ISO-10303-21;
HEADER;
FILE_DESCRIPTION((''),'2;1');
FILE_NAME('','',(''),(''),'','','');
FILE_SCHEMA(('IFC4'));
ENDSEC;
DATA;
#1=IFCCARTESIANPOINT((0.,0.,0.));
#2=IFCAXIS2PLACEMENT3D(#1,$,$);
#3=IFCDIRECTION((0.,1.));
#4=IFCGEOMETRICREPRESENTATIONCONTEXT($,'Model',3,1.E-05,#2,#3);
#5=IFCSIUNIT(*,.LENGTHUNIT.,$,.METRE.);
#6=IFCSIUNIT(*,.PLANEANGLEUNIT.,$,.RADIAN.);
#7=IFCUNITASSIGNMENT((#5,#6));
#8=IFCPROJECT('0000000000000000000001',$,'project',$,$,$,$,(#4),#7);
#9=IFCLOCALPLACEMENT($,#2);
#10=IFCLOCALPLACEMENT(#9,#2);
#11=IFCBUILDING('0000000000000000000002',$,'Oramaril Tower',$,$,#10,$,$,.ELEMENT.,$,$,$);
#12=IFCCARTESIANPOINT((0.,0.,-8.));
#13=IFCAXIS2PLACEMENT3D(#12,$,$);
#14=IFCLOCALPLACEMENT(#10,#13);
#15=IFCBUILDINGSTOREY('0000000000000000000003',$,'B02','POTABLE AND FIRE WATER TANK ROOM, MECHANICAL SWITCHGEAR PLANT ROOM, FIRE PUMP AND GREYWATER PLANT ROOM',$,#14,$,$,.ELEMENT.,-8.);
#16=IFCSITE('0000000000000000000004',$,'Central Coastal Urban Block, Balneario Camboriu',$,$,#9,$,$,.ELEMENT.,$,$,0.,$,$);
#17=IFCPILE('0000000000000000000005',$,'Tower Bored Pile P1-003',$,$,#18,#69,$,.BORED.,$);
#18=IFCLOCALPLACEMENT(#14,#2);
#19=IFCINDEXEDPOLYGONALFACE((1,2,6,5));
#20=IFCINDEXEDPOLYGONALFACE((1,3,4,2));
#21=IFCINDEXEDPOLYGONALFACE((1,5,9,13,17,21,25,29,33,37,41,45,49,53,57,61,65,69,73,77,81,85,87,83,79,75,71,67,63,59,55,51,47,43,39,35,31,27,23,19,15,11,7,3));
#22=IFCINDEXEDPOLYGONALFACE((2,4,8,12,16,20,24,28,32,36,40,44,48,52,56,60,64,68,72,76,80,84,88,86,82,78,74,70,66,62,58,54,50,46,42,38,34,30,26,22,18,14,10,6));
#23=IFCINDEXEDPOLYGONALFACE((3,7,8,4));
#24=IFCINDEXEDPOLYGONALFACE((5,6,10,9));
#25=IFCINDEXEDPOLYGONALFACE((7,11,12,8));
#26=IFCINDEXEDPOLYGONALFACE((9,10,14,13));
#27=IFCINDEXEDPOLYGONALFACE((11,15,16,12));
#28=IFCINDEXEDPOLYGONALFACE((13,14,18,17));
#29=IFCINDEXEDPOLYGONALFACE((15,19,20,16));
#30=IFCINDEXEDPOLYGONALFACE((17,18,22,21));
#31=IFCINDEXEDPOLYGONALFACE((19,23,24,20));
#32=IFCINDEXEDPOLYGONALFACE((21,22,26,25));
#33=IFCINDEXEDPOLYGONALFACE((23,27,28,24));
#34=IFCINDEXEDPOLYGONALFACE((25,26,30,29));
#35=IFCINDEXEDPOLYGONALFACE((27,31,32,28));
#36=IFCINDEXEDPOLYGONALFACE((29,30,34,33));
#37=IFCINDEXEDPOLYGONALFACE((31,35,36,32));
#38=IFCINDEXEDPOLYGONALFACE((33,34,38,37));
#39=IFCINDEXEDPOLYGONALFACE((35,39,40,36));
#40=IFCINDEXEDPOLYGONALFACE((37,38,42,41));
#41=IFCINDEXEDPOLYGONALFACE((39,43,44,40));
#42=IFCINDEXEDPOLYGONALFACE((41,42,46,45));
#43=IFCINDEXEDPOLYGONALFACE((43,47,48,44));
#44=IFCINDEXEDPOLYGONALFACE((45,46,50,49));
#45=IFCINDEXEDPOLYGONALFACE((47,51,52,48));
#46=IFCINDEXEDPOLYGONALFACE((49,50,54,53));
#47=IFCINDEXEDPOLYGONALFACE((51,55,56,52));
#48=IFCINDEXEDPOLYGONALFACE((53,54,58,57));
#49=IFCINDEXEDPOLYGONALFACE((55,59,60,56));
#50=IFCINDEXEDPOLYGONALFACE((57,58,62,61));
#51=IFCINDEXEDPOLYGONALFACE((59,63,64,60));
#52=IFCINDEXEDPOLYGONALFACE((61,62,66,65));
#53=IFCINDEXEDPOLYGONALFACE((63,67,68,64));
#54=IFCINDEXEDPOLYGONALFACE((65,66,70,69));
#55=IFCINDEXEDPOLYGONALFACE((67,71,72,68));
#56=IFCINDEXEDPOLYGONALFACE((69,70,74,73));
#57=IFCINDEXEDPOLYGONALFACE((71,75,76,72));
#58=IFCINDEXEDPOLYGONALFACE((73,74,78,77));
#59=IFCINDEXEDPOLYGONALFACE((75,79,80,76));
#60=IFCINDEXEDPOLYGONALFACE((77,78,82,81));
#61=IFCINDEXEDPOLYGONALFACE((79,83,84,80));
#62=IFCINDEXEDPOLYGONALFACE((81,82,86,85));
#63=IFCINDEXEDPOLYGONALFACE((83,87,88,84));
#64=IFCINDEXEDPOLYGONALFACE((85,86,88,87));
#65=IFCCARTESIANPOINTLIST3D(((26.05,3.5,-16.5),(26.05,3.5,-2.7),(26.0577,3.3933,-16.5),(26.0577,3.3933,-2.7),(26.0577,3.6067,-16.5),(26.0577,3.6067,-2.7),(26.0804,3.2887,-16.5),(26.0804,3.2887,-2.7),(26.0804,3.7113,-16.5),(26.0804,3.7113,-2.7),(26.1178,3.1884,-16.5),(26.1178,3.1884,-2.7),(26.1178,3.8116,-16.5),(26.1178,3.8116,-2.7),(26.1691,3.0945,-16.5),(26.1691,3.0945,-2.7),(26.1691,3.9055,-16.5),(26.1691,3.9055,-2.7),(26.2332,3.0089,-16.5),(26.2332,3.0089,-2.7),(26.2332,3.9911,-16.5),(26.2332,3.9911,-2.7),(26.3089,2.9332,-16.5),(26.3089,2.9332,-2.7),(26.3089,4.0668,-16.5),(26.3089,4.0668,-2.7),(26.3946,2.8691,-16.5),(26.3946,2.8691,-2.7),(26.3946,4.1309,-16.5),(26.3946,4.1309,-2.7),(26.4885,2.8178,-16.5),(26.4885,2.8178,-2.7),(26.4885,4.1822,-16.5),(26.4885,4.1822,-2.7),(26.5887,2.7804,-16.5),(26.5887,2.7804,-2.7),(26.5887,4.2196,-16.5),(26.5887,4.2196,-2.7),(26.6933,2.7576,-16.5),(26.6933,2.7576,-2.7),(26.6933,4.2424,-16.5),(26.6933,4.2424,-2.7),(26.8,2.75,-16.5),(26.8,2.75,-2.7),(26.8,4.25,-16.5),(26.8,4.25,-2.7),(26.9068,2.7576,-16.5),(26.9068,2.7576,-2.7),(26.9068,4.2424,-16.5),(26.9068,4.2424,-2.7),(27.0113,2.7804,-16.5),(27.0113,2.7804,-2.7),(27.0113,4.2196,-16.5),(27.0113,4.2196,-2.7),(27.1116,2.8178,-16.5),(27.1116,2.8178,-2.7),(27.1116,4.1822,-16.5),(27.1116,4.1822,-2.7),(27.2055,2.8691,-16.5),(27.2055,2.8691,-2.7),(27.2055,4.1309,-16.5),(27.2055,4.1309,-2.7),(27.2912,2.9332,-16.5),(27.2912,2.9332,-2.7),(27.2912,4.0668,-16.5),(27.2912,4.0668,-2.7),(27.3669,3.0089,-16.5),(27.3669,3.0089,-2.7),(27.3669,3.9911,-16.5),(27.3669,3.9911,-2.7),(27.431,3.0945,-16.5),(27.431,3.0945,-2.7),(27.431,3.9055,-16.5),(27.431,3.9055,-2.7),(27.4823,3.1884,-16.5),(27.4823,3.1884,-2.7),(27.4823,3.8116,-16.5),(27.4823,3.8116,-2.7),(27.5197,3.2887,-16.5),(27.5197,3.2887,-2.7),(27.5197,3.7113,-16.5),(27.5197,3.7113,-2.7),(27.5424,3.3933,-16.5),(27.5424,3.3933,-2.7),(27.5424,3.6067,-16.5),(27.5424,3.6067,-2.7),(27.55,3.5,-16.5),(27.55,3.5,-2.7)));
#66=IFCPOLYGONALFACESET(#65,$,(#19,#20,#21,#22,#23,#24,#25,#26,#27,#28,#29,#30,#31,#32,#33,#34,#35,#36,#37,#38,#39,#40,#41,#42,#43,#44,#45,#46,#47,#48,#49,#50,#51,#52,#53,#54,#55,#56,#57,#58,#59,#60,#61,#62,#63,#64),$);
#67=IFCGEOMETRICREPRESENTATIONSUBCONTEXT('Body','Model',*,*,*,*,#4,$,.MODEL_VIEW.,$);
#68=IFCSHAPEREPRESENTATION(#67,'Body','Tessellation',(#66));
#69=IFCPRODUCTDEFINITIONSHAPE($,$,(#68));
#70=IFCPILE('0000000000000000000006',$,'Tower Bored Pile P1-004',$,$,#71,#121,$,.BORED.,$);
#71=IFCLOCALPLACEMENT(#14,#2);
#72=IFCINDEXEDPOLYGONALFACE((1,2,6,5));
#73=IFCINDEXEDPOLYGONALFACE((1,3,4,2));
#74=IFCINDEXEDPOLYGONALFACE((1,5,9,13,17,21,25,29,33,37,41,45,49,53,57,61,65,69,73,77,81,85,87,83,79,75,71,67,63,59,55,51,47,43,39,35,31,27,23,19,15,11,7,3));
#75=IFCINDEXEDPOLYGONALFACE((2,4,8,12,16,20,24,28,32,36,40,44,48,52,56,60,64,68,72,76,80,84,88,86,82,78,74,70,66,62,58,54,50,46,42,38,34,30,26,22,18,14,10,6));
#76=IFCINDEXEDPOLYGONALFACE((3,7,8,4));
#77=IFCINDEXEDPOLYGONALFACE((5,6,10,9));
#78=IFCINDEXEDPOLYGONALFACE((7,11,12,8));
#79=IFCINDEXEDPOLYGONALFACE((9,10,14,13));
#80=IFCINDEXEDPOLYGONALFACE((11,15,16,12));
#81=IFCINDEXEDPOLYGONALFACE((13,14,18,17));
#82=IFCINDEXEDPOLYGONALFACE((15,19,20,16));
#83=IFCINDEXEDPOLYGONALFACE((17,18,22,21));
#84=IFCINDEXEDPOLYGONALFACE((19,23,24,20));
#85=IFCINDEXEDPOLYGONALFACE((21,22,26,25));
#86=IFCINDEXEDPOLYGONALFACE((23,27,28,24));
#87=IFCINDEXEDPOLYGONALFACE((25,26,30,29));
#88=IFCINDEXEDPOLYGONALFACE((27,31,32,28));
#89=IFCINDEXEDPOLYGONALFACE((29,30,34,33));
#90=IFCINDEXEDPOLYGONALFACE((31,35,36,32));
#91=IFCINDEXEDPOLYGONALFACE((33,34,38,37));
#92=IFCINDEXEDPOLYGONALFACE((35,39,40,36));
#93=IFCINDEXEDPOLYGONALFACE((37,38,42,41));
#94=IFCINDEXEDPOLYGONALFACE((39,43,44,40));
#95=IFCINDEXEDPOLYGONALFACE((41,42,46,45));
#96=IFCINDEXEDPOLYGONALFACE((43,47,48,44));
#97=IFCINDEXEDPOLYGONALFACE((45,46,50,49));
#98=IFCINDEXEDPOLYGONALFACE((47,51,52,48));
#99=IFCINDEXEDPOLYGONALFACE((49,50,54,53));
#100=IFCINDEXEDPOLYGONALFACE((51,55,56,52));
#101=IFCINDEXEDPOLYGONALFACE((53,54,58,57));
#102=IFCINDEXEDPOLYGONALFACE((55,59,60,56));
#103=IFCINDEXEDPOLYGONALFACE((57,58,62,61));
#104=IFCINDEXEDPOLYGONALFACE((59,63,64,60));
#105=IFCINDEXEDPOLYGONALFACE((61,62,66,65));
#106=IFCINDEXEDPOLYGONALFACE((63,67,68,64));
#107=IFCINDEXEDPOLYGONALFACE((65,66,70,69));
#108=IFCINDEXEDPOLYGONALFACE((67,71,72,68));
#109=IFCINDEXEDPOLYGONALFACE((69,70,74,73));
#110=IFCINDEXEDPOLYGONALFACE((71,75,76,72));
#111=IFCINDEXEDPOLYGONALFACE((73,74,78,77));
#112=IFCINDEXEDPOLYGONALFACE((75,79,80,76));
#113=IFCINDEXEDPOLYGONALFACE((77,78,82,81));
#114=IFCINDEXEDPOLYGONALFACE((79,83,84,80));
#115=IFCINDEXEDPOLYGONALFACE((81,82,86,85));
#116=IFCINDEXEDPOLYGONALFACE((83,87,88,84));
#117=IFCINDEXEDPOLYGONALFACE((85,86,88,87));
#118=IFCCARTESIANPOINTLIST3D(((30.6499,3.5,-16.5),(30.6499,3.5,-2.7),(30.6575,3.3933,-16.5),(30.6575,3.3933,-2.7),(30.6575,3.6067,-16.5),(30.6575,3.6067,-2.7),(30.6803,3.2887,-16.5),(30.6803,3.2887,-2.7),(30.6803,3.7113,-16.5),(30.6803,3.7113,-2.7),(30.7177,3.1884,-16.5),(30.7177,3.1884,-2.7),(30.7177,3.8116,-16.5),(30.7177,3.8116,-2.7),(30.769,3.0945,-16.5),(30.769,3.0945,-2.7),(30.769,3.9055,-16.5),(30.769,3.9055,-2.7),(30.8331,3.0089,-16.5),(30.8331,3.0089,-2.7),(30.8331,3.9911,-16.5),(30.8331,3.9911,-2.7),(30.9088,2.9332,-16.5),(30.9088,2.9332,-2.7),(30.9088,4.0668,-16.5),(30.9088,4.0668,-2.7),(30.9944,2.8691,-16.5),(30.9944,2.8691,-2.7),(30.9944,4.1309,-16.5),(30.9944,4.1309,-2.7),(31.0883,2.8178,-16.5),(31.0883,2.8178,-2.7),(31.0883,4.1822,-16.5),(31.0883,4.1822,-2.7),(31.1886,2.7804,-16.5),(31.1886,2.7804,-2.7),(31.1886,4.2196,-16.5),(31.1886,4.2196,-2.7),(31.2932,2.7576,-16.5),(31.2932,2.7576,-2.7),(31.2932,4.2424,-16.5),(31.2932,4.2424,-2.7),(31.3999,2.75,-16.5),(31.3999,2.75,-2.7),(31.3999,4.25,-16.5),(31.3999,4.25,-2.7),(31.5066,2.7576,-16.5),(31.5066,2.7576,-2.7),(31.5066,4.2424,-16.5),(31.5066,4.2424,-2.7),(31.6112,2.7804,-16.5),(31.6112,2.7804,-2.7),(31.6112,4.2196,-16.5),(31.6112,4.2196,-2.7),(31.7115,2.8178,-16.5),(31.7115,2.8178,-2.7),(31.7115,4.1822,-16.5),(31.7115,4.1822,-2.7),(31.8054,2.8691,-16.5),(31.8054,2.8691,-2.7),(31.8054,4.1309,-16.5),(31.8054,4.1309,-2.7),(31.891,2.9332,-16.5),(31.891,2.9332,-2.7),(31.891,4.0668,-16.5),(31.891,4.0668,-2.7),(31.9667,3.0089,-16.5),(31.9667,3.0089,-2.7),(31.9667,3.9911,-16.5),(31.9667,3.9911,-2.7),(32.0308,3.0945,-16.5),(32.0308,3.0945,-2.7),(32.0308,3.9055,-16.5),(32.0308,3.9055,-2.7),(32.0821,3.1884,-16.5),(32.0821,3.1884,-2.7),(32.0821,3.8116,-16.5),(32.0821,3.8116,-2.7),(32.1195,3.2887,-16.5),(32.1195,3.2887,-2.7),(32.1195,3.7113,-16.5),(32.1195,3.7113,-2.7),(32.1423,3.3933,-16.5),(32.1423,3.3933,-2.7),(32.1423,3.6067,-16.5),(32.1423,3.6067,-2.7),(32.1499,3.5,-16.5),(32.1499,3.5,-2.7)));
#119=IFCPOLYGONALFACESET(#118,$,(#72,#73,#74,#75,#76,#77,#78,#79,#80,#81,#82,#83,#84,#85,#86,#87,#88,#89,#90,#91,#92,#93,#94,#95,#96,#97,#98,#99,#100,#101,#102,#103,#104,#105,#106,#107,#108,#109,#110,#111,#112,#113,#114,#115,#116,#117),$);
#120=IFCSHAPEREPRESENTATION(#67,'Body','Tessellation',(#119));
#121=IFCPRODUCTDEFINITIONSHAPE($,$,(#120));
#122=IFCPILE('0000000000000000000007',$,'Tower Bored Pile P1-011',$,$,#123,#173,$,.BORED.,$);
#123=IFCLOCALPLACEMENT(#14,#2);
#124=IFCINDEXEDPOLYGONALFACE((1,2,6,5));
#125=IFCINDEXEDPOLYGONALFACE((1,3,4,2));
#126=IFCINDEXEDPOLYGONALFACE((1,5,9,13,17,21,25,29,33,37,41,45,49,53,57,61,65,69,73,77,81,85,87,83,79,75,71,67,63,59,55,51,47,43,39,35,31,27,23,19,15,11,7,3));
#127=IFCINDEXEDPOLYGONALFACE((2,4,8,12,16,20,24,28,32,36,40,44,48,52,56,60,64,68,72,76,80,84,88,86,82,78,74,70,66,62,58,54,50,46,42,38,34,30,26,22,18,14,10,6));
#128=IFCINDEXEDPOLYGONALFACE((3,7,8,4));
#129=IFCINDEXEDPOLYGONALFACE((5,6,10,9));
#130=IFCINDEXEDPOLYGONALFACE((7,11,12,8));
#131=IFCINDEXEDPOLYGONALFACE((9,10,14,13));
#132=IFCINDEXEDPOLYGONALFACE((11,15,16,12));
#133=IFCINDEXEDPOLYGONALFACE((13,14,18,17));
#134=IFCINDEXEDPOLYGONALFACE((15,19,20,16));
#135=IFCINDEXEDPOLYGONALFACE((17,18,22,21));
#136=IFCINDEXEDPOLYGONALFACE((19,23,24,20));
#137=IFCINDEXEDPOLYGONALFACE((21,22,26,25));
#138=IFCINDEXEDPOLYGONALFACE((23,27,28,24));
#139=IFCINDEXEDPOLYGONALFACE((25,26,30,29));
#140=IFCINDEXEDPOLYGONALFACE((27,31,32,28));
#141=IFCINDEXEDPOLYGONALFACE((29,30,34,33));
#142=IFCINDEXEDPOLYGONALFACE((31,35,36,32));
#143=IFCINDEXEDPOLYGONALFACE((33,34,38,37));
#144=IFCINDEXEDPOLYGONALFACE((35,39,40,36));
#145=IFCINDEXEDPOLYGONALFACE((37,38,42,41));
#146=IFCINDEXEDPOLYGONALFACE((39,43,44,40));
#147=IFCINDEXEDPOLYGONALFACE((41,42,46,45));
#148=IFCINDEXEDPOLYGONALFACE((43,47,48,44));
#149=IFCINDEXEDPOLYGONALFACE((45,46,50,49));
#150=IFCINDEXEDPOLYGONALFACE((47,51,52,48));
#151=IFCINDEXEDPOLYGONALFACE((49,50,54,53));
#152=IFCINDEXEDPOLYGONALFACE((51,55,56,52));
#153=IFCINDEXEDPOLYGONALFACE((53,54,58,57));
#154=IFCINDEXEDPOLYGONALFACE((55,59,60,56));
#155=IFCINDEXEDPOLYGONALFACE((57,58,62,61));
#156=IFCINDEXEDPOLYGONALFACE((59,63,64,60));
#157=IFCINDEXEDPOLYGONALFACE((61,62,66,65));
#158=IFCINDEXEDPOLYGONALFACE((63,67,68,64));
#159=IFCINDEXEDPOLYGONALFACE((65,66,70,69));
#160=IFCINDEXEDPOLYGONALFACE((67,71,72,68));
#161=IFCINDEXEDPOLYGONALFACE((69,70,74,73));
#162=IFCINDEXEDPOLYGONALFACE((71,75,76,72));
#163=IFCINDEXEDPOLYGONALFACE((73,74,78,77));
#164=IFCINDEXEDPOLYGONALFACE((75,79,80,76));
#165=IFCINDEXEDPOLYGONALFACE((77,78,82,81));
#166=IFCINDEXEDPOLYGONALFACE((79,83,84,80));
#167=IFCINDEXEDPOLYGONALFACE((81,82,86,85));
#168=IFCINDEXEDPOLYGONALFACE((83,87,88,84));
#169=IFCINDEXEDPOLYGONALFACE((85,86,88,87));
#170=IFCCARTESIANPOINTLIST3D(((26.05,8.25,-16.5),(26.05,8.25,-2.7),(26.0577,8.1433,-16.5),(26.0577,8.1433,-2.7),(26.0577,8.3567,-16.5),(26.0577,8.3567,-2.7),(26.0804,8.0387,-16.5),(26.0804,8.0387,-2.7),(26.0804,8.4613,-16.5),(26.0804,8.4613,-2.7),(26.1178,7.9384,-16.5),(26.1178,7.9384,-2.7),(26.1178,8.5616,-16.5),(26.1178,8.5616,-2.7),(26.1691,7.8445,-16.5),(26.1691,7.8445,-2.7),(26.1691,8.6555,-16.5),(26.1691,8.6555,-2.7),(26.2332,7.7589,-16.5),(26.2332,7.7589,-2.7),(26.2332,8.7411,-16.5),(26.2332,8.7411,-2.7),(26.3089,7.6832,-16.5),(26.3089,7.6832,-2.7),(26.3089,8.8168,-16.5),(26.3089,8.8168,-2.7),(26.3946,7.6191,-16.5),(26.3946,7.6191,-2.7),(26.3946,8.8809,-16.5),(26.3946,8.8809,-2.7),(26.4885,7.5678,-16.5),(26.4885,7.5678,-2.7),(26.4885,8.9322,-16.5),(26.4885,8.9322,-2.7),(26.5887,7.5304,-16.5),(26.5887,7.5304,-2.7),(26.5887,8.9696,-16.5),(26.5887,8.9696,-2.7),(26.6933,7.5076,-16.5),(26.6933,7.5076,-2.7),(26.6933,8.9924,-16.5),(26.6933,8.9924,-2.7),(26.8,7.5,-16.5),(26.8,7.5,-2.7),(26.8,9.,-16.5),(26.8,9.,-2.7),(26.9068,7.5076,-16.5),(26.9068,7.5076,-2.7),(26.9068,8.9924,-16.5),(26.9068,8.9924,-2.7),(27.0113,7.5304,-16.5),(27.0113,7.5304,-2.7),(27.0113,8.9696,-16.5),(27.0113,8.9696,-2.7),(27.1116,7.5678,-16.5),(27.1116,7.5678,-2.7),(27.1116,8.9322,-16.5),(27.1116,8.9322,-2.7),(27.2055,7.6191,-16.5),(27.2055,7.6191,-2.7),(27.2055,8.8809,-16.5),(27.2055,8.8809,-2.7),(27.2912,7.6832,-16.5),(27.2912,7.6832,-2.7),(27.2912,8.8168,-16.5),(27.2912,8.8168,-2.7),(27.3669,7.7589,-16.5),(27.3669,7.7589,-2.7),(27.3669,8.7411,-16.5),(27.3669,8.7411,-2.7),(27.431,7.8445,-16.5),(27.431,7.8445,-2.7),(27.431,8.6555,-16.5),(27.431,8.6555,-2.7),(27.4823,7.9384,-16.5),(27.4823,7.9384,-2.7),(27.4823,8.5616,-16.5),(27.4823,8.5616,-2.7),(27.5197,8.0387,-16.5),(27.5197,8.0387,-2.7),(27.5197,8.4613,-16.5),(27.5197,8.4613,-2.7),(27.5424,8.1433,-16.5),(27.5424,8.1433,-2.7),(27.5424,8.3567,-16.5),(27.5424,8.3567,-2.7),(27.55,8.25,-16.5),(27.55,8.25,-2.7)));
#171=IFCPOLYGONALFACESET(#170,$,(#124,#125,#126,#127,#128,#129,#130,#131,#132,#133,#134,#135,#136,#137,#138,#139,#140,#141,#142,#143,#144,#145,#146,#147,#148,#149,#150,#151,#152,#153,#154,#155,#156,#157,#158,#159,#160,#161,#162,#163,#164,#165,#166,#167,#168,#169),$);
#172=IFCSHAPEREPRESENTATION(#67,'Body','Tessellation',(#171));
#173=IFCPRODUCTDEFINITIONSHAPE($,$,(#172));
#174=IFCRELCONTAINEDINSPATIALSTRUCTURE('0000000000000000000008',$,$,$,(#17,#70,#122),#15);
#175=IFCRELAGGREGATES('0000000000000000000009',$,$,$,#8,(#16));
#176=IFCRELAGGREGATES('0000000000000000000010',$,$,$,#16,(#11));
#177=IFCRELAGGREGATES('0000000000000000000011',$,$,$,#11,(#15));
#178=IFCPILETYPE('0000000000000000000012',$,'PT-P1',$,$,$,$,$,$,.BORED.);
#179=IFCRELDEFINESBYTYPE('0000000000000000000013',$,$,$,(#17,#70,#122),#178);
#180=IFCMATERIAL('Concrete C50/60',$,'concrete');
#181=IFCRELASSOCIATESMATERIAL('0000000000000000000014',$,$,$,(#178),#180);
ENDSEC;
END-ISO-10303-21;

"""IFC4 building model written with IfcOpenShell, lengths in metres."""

from ifc_helpers import new_model, si_unit, direction, frame, origin, origin_2d, place, context, subcontext, project, spatial, circle, extrude, material, material_profile, profile_set, type_object, element, save


model = new_model("IFC4")

# Units and contexts
model_context = context("Model", 3, precision=1e-05, world=origin(), true_north=direction((0.0, 1.0)))
body_context = subcontext(model_context, "Body", "Model", "MODEL_VIEW")
ifc_project = project(units=[si_unit("LENGTHUNIT", "METRE"), si_unit("PLANEANGLEUNIT", "RADIAN")], contexts=[model_context])

# Site, building, storey
site_placement = place(None, origin())
site = spatial("IfcSite", under=ifc_project, at=site_placement, Name="Central Coastal Urban Block, Balneario Camboriu", CompositionType="ELEMENT", RefElevation=0.0)
building_placement = place(site_placement, origin())
building = spatial("IfcBuilding", under=site, at=building_placement, Name="Oramaril Tower", CompositionType="ELEMENT")
storey_placement = place(building_placement, frame((0.0, 0.0, -8.0)))
storey = spatial("IfcBuildingStorey", under=building, at=storey_placement, Name="B02", Description="POTABLE AND FIRE WATER TANK ROOM, MECHANICAL SWITCHGEAR PLANT ROOM, FIRE PUMP AND GREYWATER PLANT ROOM", CompositionType="ELEMENT", Elevation=-8.0)

# Piles
ifc_material_1 = material(Name="Concrete C50/60", Category="concrete")
ifc_material_profile_1 = material_profile(ifc_material_1, circle(Radius=0.75, at=origin_2d()), Name="D1500")
ifc_profile_set_1 = profile_set([ifc_material_profile_1], Name="Concrete C50/60")
pile_type = type_object("IfcPileType", Name="PT-P1", PredefinedType="BORED", material=ifc_profile_set_1)
for number, where, z_axis, x_axis, name in (
    (1, (26.8, 3.5, -2.7), (0.0, 0.0, -1.0), (1.0, 0.0, 0.0), "Tower Bored Pile P1-003"),
    (2, (31.3999, 3.5, -2.7), (0.0, 0.0, -1.0), (1.0, 0.0, 0.0), "Tower Bored Pile P1-004"),
    (3, (26.8, 8.25, -2.7), (0.0, 0.0, -1.0), (1.0, 0.0, 0.0), "Tower Bored Pile P1-011"),
):
    element("IfcPile", number, at=place(storey_placement, frame(where, z_axis=z_axis, x_axis=x_axis)), inside=storey, type_object=pile_type, Name=name, PredefinedType="BORED", context=body_context, shape_type="SweptSolid", body=[
        extrude(circle(Radius=0.75, at=origin_2d()), origin(), (0.0, 0.0, 1.0), 13.8),
    ])

save(model, "model.ifc")
